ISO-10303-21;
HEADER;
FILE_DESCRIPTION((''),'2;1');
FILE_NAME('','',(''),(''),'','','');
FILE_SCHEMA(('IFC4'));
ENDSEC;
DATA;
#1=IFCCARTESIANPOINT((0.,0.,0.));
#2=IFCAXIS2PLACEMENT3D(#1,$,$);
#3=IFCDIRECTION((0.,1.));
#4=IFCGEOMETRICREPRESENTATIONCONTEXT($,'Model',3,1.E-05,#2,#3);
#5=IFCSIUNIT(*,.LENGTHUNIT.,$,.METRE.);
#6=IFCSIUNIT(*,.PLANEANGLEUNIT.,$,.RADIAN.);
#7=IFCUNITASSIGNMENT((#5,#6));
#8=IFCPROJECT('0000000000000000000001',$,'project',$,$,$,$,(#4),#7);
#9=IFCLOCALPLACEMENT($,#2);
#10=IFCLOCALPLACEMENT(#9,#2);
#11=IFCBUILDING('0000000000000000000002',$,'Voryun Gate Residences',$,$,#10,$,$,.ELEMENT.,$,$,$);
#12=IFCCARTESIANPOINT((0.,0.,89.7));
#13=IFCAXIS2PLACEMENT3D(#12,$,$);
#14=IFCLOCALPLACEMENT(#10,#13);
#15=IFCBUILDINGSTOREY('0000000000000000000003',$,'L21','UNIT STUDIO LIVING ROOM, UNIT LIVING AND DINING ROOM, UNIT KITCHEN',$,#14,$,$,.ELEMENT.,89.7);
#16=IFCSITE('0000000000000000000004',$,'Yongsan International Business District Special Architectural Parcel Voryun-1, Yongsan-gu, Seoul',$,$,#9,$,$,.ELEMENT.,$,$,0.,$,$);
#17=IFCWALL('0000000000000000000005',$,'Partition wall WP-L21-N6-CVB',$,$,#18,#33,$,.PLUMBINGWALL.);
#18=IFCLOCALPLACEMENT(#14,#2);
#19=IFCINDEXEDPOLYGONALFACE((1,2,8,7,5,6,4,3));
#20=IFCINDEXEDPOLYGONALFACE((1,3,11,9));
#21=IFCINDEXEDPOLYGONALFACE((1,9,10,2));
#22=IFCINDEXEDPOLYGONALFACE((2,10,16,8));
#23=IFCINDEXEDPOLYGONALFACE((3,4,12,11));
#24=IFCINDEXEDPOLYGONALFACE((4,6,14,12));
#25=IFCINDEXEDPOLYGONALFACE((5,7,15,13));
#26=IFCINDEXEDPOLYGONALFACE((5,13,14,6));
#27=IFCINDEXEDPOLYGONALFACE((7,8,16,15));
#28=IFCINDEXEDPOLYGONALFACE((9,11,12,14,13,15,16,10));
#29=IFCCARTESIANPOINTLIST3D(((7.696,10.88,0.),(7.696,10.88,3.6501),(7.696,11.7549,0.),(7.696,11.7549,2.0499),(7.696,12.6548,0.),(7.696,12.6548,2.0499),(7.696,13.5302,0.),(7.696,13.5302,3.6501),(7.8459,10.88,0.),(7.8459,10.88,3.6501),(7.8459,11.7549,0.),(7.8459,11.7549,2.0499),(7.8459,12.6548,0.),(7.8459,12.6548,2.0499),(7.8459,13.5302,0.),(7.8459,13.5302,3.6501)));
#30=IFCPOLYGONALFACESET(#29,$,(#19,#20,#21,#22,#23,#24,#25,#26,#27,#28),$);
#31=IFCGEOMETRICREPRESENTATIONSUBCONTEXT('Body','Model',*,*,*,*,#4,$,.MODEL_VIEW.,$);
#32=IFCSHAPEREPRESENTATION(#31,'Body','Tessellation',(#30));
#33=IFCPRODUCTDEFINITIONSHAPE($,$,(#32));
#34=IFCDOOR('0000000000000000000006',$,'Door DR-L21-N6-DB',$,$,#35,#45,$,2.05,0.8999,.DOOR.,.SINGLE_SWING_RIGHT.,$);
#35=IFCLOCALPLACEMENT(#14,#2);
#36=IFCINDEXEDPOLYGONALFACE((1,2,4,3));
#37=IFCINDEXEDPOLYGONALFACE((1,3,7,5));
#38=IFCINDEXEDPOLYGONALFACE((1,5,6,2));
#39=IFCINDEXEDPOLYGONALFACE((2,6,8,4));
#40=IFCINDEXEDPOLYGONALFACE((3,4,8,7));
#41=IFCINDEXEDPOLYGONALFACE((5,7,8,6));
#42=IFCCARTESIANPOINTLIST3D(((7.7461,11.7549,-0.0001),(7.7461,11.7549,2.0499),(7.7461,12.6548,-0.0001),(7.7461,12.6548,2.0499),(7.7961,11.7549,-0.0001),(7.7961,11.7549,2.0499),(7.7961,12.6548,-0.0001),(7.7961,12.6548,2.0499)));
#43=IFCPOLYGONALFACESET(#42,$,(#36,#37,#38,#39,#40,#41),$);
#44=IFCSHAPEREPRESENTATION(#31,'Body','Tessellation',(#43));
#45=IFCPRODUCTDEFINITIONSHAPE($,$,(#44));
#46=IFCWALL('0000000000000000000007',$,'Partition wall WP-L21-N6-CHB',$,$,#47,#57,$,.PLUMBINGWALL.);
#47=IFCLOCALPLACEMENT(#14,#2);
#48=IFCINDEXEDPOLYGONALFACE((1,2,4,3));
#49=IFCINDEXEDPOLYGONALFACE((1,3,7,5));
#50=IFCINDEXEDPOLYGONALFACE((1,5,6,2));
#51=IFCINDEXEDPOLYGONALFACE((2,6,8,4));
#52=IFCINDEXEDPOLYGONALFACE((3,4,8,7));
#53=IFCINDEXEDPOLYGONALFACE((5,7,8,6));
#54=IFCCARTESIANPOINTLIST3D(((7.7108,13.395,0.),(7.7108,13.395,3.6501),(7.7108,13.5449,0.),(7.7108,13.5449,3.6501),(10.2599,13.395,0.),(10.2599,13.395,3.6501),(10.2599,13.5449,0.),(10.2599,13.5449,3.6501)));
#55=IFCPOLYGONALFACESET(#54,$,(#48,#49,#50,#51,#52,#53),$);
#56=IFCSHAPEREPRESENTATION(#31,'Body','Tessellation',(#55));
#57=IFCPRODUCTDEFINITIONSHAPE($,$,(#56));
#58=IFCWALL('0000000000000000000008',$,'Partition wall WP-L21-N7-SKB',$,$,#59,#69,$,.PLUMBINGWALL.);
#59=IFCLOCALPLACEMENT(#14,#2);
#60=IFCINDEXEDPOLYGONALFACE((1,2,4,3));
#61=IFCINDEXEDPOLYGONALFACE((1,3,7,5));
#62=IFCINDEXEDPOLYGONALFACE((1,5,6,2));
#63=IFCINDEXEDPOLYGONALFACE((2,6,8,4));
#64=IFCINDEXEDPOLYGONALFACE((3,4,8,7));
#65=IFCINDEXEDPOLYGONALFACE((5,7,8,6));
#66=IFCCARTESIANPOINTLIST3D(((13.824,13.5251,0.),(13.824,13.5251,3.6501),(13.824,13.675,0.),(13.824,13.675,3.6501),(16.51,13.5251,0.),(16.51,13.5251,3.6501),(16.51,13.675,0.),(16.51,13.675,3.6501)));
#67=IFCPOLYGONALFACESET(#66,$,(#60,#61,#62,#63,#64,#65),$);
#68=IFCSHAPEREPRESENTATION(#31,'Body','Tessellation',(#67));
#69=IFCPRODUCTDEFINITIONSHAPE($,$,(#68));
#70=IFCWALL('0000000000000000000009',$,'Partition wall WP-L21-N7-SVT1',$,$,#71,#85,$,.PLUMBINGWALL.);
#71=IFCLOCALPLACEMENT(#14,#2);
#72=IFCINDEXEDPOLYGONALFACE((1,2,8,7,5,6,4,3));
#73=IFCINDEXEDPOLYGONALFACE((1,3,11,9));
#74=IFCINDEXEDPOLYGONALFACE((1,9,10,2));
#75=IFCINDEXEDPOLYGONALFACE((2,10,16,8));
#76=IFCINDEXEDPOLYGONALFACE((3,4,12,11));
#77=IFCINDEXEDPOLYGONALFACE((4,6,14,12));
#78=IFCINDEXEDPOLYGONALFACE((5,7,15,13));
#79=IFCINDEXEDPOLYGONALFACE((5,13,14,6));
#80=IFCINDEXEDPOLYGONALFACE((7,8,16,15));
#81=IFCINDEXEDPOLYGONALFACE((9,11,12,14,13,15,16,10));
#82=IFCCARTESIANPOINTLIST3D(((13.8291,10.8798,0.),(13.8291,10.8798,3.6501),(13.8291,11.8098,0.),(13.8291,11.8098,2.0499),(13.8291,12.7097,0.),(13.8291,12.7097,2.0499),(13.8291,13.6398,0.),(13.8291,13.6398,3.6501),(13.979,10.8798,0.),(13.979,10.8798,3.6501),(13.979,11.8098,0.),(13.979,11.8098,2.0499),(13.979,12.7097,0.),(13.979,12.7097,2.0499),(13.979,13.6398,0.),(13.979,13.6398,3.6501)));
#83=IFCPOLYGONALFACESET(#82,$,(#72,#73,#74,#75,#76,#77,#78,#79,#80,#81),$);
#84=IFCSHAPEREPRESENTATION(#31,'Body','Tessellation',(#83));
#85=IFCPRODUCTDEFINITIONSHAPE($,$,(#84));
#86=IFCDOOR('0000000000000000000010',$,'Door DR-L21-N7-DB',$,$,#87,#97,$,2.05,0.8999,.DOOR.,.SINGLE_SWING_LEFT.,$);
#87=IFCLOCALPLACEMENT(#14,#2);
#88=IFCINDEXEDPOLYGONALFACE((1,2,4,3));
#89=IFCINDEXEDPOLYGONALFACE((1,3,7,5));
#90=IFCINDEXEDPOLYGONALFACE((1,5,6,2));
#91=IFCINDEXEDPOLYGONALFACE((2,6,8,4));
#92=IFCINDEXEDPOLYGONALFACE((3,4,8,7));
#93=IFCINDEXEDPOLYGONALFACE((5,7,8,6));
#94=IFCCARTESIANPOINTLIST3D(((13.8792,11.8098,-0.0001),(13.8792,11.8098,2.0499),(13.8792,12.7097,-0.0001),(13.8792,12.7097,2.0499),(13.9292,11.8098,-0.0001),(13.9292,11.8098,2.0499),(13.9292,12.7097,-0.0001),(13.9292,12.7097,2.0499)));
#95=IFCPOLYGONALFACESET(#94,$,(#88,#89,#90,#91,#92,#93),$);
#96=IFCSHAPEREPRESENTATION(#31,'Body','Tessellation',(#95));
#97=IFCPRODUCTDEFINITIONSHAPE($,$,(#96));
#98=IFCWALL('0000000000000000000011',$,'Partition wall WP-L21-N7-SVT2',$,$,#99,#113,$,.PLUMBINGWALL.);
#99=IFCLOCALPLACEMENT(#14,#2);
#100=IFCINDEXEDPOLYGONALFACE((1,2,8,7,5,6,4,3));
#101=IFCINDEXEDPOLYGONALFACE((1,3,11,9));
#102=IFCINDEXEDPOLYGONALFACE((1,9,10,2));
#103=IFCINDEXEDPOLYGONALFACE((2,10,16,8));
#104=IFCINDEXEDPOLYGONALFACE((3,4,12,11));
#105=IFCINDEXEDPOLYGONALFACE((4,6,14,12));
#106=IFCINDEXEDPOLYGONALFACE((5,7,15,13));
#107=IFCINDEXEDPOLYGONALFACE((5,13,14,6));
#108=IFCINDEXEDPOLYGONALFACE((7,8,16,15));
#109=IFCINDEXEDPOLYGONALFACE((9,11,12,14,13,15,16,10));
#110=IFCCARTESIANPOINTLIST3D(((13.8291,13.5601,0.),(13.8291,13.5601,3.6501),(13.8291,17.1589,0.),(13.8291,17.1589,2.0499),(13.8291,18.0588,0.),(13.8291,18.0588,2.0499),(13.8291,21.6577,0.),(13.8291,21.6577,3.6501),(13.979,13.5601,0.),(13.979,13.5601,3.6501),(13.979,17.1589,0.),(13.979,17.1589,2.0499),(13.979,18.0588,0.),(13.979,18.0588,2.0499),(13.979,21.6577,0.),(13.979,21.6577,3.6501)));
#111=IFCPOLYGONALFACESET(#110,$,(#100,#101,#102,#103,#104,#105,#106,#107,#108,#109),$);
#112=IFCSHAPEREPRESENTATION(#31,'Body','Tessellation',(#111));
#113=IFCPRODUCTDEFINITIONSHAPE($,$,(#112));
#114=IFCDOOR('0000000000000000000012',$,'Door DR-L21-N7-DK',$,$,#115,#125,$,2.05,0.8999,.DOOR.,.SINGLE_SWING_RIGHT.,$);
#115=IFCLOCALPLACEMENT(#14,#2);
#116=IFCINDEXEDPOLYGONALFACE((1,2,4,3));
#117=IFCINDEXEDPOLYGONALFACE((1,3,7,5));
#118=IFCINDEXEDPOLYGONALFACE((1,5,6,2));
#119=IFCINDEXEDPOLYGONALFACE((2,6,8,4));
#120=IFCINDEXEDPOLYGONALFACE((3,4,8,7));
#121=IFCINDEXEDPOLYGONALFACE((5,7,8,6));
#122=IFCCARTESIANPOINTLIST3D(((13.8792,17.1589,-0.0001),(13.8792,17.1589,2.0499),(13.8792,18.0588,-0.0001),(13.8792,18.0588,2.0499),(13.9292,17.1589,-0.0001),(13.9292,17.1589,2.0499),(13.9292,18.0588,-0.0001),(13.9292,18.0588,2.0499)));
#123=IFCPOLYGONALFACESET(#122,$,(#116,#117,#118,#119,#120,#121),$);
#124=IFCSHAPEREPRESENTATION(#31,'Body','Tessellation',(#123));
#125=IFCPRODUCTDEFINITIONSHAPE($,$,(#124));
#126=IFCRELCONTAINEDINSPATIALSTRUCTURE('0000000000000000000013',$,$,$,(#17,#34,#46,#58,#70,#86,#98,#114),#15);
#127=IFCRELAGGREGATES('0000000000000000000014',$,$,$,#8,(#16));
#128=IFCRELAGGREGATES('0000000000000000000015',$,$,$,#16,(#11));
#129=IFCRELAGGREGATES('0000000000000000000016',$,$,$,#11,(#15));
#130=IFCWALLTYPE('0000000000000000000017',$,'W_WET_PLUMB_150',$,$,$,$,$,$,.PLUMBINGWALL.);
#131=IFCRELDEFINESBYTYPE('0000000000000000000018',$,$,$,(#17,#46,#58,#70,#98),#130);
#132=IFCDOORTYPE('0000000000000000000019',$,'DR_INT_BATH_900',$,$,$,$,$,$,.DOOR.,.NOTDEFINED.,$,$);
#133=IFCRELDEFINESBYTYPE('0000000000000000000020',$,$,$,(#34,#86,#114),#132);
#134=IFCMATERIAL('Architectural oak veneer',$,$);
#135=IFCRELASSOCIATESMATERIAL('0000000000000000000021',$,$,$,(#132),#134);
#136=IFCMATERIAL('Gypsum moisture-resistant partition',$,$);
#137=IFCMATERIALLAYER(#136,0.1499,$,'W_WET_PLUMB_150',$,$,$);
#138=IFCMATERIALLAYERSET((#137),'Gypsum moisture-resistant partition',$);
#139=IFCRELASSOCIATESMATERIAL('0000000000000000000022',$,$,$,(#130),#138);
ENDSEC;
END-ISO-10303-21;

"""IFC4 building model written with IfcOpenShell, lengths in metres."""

from ifc_helpers import new_model, si_unit, direction, frame, frame_2d, origin, place, context, subcontext, project, spatial, rectangle, extrude, material, layer, layer_set, type_object, element, fill, save


model = new_model("IFC4")

# Units and contexts
model_context = context("Model", 3, precision=1e-05, world=origin(), true_north=direction((0.0, 1.0)))
body_context = subcontext(model_context, "Body", "Model", "MODEL_VIEW")
ifc_project = project(units=[si_unit("LENGTHUNIT", "METRE"), si_unit("PLANEANGLEUNIT", "RADIAN")], contexts=[model_context])

# Site, building, storey
site_placement = place(None, origin())
site = spatial("IfcSite", under=ifc_project, at=site_placement, Name="Yongsan International Business District Special Architectural Parcel Voryun-1, Yongsan-gu, Seoul", CompositionType="ELEMENT", RefElevation=0.0)
building_placement = place(site_placement, origin())
building = spatial("IfcBuilding", under=site, at=building_placement, Name="Voryun Gate Residences", CompositionType="ELEMENT")
storey_placement = place(building_placement, frame((0.0, 0.0, 89.7)))
storey = spatial("IfcBuildingStorey", under=building, at=storey_placement, Name="L21", Description="UNIT STUDIO LIVING ROOM, UNIT LIVING AND DINING ROOM, UNIT KITCHEN", CompositionType="ELEMENT", Elevation=89.7)

# Shared definitions
ifc_material_1 = material(Name="Architectural oak veneer")
door_type_1 = type_object("IfcDoorType", Name="DR_INT_BATH_900", OperationType="NOTDEFINED", PredefinedType="DOOR", material=ifc_material_1)

# Wall, opening, door
ifc_material_2 = material(Name="Gypsum moisture-resistant partition")
ifc_layer_1 = layer(ifc_material_2, 0.1499, Name="W_WET_PLUMB_150")
ifc_layer_set_1 = layer_set([ifc_layer_1], Name="Gypsum moisture-resistant partition")
wall_type_1 = type_object("IfcWallType", Name="W_WET_PLUMB_150", PredefinedType="PLUMBINGWALL", material=ifc_layer_set_1)
wall_1_placement = place(storey_placement, frame((7.771, 10.8799, 0.0), z_axis=(0.0, 0.0, 1.0), x_axis=(0.0, 1.0, 0.0)))
wall_1 = element("IfcWall", 1, at=wall_1_placement, inside=storey, type_object=wall_type_1, Name="Partition wall WP-L21-N6-CVB", PredefinedType="PLUMBINGWALL", context=body_context, shape_type="SweptSolid", body=[
    extrude(rectangle(XDim=2.6501, YDim=0.1499, at=frame_2d((1.3252, 0.0))), origin(), (0.0, 0.0, 1.0), 3.6501),
])
opening_1_placement = place(wall_1_placement, frame((0.875, 0.0, 0.0)))
opening_1 = element("IfcOpeningElement", 2, at=opening_1_placement, cuts=wall_1, PredefinedType="OPENING", context=body_context, shape_type="SweptSolid", body=[
    extrude(rectangle(XDim=0.8999, YDim=2.05, at=frame_2d((0.45, 1.0249))), frame((0.0, 0.085, 0.0), z_axis=(0.0, -1.0, 0.0), x_axis=(1.0, 0.0, 0.0)), (0.0, 0.0, 1.0), 0.1699),
])
door_1_placement = place(opening_1_placement, origin())
door_1 = element("IfcDoor", 3, at=door_1_placement, inside=storey, type_object=door_type_1, Name="Door DR-L21-N6-DB", OperationType="SINGLE_SWING_RIGHT", OverallHeight=2.05, OverallWidth=0.8999, PredefinedType="DOOR", context=body_context, shape_type="SweptSolid", body=[
    extrude(rectangle(XDim=0.8999, YDim=2.05, at=frame_2d((0.45, 1.0249))), frame((0.0, 0.0249, 0.0), z_axis=(0.0, -1.0, 0.0), x_axis=(1.0, 0.0, 0.0)), (0.0, 0.0, 1.0), 0.05),
])
fill(opening_1, door_1)

# Walls
wall_2_placement = place(storey_placement, frame((7.7109, 13.47, 0.0), z_axis=(0.0, 0.0, 1.0), x_axis=(1.0, 0.0, 0.0)))
element("IfcWall", 4, at=wall_2_placement, inside=storey, type_object=wall_type_1, Name="Partition wall WP-L21-N6-CHB", PredefinedType="PLUMBINGWALL", context=body_context, shape_type="SweptSolid", body=[
    extrude(rectangle(XDim=2.5491, YDim=0.1499, at=frame_2d((1.2744, 0.0))), origin(), (0.0, 0.0, 1.0), 3.6501),
])
wall_3_placement = place(storey_placement, frame((13.824, 13.6001, 0.0), z_axis=(0.0, 0.0, 1.0), x_axis=(1.0, 0.0, 0.0)))
element("IfcWall", 5, at=wall_3_placement, inside=storey, type_object=wall_type_1, Name="Partition wall WP-L21-N7-SKB", PredefinedType="PLUMBINGWALL", context=body_context, shape_type="SweptSolid", body=[
    extrude(rectangle(XDim=2.686, YDim=0.1499, at=frame_2d((1.343, 0.0))), origin(), (0.0, 0.0, 1.0), 3.6501),
])

# Walls, openings, doors
wall_4_placement = place(storey_placement, frame((13.9041, 10.8799, 0.0), z_axis=(0.0, 0.0, 1.0), x_axis=(0.0, 1.0, 0.0)))
wall_4 = element("IfcWall", 6, at=wall_4_placement, inside=storey, type_object=wall_type_1, Name="Partition wall WP-L21-N7-SVT1", PredefinedType="PLUMBINGWALL", context=body_context, shape_type="SweptSolid", body=[
    extrude(rectangle(XDim=2.76, YDim=0.1499, at=frame_2d((1.3799, 0.0))), origin(), (0.0, 0.0, 1.0), 3.6501),
])
opening_2_placement = place(wall_4_placement, frame((0.9299, 0.0, 0.0)))
opening_2 = element("IfcOpeningElement", 7, at=opening_2_placement, cuts=wall_4, PredefinedType="OPENING", context=body_context, shape_type="SweptSolid", body=[
    extrude(rectangle(XDim=0.8999, YDim=2.05, at=frame_2d((0.45, 1.0249))), frame((0.0, 0.085, 0.0), z_axis=(0.0, -1.0, 0.0), x_axis=(1.0, 0.0, 0.0)), (0.0, 0.0, 1.0), 0.1699),
])
door_2_placement = place(opening_2_placement, origin())
door_2 = element("IfcDoor", 8, at=door_2_placement, inside=storey, type_object=door_type_1, Name="Door DR-L21-N7-DB", OperationType="SINGLE_SWING_LEFT", OverallHeight=2.05, OverallWidth=0.8999, PredefinedType="DOOR", context=body_context, shape_type="SweptSolid", body=[
    extrude(rectangle(XDim=0.8999, YDim=2.05, at=frame_2d((0.45, 1.0249))), frame((0.0, 0.0249, 0.0), z_axis=(0.0, -1.0, 0.0), x_axis=(1.0, 0.0, 0.0)), (0.0, 0.0, 1.0), 0.05),
])
fill(opening_2, door_2)
wall_5_placement = place(storey_placement, frame((13.9041, 13.5601, 0.0), z_axis=(0.0, 0.0, 1.0), x_axis=(0.0, 1.0, 0.0)))
wall_5 = element("IfcWall", 9, at=wall_5_placement, inside=storey, type_object=wall_type_1, Name="Partition wall WP-L21-N7-SVT2", PredefinedType="PLUMBINGWALL", context=body_context, shape_type="SweptSolid", body=[
    extrude(rectangle(XDim=8.0977, YDim=0.1499, at=frame_2d((4.0488, 0.0))), origin(), (0.0, 0.0, 1.0), 3.6501),
])
opening_3_placement = place(wall_5_placement, frame((3.5989, 0.0, 0.0)))
opening_3 = element("IfcOpeningElement", 10, at=opening_3_placement, cuts=wall_5, PredefinedType="OPENING", context=body_context, shape_type="SweptSolid", body=[
    extrude(rectangle(XDim=0.8999, YDim=2.05, at=frame_2d((0.45, 1.0249))), frame((0.0, 0.085, 0.0), z_axis=(0.0, -1.0, 0.0), x_axis=(1.0, 0.0, 0.0)), (0.0, 0.0, 1.0), 0.1699),
])
door_3_placement = place(opening_3_placement, origin())
door_3 = element("IfcDoor", 11, at=door_3_placement, inside=storey, type_object=door_type_1, Name="Door DR-L21-N7-DK", OperationType="SINGLE_SWING_RIGHT", OverallHeight=2.05, OverallWidth=0.8999, PredefinedType="DOOR", context=body_context, shape_type="SweptSolid", body=[
    extrude(rectangle(XDim=0.8999, YDim=2.05, at=frame_2d((0.45, 1.0249))), frame((0.0, 0.0249, 0.0), z_axis=(0.0, -1.0, 0.0), x_axis=(1.0, 0.0, 0.0)), (0.0, 0.0, 1.0), 0.05),
])
fill(opening_3, door_3)

save(model, "model.ifc")
